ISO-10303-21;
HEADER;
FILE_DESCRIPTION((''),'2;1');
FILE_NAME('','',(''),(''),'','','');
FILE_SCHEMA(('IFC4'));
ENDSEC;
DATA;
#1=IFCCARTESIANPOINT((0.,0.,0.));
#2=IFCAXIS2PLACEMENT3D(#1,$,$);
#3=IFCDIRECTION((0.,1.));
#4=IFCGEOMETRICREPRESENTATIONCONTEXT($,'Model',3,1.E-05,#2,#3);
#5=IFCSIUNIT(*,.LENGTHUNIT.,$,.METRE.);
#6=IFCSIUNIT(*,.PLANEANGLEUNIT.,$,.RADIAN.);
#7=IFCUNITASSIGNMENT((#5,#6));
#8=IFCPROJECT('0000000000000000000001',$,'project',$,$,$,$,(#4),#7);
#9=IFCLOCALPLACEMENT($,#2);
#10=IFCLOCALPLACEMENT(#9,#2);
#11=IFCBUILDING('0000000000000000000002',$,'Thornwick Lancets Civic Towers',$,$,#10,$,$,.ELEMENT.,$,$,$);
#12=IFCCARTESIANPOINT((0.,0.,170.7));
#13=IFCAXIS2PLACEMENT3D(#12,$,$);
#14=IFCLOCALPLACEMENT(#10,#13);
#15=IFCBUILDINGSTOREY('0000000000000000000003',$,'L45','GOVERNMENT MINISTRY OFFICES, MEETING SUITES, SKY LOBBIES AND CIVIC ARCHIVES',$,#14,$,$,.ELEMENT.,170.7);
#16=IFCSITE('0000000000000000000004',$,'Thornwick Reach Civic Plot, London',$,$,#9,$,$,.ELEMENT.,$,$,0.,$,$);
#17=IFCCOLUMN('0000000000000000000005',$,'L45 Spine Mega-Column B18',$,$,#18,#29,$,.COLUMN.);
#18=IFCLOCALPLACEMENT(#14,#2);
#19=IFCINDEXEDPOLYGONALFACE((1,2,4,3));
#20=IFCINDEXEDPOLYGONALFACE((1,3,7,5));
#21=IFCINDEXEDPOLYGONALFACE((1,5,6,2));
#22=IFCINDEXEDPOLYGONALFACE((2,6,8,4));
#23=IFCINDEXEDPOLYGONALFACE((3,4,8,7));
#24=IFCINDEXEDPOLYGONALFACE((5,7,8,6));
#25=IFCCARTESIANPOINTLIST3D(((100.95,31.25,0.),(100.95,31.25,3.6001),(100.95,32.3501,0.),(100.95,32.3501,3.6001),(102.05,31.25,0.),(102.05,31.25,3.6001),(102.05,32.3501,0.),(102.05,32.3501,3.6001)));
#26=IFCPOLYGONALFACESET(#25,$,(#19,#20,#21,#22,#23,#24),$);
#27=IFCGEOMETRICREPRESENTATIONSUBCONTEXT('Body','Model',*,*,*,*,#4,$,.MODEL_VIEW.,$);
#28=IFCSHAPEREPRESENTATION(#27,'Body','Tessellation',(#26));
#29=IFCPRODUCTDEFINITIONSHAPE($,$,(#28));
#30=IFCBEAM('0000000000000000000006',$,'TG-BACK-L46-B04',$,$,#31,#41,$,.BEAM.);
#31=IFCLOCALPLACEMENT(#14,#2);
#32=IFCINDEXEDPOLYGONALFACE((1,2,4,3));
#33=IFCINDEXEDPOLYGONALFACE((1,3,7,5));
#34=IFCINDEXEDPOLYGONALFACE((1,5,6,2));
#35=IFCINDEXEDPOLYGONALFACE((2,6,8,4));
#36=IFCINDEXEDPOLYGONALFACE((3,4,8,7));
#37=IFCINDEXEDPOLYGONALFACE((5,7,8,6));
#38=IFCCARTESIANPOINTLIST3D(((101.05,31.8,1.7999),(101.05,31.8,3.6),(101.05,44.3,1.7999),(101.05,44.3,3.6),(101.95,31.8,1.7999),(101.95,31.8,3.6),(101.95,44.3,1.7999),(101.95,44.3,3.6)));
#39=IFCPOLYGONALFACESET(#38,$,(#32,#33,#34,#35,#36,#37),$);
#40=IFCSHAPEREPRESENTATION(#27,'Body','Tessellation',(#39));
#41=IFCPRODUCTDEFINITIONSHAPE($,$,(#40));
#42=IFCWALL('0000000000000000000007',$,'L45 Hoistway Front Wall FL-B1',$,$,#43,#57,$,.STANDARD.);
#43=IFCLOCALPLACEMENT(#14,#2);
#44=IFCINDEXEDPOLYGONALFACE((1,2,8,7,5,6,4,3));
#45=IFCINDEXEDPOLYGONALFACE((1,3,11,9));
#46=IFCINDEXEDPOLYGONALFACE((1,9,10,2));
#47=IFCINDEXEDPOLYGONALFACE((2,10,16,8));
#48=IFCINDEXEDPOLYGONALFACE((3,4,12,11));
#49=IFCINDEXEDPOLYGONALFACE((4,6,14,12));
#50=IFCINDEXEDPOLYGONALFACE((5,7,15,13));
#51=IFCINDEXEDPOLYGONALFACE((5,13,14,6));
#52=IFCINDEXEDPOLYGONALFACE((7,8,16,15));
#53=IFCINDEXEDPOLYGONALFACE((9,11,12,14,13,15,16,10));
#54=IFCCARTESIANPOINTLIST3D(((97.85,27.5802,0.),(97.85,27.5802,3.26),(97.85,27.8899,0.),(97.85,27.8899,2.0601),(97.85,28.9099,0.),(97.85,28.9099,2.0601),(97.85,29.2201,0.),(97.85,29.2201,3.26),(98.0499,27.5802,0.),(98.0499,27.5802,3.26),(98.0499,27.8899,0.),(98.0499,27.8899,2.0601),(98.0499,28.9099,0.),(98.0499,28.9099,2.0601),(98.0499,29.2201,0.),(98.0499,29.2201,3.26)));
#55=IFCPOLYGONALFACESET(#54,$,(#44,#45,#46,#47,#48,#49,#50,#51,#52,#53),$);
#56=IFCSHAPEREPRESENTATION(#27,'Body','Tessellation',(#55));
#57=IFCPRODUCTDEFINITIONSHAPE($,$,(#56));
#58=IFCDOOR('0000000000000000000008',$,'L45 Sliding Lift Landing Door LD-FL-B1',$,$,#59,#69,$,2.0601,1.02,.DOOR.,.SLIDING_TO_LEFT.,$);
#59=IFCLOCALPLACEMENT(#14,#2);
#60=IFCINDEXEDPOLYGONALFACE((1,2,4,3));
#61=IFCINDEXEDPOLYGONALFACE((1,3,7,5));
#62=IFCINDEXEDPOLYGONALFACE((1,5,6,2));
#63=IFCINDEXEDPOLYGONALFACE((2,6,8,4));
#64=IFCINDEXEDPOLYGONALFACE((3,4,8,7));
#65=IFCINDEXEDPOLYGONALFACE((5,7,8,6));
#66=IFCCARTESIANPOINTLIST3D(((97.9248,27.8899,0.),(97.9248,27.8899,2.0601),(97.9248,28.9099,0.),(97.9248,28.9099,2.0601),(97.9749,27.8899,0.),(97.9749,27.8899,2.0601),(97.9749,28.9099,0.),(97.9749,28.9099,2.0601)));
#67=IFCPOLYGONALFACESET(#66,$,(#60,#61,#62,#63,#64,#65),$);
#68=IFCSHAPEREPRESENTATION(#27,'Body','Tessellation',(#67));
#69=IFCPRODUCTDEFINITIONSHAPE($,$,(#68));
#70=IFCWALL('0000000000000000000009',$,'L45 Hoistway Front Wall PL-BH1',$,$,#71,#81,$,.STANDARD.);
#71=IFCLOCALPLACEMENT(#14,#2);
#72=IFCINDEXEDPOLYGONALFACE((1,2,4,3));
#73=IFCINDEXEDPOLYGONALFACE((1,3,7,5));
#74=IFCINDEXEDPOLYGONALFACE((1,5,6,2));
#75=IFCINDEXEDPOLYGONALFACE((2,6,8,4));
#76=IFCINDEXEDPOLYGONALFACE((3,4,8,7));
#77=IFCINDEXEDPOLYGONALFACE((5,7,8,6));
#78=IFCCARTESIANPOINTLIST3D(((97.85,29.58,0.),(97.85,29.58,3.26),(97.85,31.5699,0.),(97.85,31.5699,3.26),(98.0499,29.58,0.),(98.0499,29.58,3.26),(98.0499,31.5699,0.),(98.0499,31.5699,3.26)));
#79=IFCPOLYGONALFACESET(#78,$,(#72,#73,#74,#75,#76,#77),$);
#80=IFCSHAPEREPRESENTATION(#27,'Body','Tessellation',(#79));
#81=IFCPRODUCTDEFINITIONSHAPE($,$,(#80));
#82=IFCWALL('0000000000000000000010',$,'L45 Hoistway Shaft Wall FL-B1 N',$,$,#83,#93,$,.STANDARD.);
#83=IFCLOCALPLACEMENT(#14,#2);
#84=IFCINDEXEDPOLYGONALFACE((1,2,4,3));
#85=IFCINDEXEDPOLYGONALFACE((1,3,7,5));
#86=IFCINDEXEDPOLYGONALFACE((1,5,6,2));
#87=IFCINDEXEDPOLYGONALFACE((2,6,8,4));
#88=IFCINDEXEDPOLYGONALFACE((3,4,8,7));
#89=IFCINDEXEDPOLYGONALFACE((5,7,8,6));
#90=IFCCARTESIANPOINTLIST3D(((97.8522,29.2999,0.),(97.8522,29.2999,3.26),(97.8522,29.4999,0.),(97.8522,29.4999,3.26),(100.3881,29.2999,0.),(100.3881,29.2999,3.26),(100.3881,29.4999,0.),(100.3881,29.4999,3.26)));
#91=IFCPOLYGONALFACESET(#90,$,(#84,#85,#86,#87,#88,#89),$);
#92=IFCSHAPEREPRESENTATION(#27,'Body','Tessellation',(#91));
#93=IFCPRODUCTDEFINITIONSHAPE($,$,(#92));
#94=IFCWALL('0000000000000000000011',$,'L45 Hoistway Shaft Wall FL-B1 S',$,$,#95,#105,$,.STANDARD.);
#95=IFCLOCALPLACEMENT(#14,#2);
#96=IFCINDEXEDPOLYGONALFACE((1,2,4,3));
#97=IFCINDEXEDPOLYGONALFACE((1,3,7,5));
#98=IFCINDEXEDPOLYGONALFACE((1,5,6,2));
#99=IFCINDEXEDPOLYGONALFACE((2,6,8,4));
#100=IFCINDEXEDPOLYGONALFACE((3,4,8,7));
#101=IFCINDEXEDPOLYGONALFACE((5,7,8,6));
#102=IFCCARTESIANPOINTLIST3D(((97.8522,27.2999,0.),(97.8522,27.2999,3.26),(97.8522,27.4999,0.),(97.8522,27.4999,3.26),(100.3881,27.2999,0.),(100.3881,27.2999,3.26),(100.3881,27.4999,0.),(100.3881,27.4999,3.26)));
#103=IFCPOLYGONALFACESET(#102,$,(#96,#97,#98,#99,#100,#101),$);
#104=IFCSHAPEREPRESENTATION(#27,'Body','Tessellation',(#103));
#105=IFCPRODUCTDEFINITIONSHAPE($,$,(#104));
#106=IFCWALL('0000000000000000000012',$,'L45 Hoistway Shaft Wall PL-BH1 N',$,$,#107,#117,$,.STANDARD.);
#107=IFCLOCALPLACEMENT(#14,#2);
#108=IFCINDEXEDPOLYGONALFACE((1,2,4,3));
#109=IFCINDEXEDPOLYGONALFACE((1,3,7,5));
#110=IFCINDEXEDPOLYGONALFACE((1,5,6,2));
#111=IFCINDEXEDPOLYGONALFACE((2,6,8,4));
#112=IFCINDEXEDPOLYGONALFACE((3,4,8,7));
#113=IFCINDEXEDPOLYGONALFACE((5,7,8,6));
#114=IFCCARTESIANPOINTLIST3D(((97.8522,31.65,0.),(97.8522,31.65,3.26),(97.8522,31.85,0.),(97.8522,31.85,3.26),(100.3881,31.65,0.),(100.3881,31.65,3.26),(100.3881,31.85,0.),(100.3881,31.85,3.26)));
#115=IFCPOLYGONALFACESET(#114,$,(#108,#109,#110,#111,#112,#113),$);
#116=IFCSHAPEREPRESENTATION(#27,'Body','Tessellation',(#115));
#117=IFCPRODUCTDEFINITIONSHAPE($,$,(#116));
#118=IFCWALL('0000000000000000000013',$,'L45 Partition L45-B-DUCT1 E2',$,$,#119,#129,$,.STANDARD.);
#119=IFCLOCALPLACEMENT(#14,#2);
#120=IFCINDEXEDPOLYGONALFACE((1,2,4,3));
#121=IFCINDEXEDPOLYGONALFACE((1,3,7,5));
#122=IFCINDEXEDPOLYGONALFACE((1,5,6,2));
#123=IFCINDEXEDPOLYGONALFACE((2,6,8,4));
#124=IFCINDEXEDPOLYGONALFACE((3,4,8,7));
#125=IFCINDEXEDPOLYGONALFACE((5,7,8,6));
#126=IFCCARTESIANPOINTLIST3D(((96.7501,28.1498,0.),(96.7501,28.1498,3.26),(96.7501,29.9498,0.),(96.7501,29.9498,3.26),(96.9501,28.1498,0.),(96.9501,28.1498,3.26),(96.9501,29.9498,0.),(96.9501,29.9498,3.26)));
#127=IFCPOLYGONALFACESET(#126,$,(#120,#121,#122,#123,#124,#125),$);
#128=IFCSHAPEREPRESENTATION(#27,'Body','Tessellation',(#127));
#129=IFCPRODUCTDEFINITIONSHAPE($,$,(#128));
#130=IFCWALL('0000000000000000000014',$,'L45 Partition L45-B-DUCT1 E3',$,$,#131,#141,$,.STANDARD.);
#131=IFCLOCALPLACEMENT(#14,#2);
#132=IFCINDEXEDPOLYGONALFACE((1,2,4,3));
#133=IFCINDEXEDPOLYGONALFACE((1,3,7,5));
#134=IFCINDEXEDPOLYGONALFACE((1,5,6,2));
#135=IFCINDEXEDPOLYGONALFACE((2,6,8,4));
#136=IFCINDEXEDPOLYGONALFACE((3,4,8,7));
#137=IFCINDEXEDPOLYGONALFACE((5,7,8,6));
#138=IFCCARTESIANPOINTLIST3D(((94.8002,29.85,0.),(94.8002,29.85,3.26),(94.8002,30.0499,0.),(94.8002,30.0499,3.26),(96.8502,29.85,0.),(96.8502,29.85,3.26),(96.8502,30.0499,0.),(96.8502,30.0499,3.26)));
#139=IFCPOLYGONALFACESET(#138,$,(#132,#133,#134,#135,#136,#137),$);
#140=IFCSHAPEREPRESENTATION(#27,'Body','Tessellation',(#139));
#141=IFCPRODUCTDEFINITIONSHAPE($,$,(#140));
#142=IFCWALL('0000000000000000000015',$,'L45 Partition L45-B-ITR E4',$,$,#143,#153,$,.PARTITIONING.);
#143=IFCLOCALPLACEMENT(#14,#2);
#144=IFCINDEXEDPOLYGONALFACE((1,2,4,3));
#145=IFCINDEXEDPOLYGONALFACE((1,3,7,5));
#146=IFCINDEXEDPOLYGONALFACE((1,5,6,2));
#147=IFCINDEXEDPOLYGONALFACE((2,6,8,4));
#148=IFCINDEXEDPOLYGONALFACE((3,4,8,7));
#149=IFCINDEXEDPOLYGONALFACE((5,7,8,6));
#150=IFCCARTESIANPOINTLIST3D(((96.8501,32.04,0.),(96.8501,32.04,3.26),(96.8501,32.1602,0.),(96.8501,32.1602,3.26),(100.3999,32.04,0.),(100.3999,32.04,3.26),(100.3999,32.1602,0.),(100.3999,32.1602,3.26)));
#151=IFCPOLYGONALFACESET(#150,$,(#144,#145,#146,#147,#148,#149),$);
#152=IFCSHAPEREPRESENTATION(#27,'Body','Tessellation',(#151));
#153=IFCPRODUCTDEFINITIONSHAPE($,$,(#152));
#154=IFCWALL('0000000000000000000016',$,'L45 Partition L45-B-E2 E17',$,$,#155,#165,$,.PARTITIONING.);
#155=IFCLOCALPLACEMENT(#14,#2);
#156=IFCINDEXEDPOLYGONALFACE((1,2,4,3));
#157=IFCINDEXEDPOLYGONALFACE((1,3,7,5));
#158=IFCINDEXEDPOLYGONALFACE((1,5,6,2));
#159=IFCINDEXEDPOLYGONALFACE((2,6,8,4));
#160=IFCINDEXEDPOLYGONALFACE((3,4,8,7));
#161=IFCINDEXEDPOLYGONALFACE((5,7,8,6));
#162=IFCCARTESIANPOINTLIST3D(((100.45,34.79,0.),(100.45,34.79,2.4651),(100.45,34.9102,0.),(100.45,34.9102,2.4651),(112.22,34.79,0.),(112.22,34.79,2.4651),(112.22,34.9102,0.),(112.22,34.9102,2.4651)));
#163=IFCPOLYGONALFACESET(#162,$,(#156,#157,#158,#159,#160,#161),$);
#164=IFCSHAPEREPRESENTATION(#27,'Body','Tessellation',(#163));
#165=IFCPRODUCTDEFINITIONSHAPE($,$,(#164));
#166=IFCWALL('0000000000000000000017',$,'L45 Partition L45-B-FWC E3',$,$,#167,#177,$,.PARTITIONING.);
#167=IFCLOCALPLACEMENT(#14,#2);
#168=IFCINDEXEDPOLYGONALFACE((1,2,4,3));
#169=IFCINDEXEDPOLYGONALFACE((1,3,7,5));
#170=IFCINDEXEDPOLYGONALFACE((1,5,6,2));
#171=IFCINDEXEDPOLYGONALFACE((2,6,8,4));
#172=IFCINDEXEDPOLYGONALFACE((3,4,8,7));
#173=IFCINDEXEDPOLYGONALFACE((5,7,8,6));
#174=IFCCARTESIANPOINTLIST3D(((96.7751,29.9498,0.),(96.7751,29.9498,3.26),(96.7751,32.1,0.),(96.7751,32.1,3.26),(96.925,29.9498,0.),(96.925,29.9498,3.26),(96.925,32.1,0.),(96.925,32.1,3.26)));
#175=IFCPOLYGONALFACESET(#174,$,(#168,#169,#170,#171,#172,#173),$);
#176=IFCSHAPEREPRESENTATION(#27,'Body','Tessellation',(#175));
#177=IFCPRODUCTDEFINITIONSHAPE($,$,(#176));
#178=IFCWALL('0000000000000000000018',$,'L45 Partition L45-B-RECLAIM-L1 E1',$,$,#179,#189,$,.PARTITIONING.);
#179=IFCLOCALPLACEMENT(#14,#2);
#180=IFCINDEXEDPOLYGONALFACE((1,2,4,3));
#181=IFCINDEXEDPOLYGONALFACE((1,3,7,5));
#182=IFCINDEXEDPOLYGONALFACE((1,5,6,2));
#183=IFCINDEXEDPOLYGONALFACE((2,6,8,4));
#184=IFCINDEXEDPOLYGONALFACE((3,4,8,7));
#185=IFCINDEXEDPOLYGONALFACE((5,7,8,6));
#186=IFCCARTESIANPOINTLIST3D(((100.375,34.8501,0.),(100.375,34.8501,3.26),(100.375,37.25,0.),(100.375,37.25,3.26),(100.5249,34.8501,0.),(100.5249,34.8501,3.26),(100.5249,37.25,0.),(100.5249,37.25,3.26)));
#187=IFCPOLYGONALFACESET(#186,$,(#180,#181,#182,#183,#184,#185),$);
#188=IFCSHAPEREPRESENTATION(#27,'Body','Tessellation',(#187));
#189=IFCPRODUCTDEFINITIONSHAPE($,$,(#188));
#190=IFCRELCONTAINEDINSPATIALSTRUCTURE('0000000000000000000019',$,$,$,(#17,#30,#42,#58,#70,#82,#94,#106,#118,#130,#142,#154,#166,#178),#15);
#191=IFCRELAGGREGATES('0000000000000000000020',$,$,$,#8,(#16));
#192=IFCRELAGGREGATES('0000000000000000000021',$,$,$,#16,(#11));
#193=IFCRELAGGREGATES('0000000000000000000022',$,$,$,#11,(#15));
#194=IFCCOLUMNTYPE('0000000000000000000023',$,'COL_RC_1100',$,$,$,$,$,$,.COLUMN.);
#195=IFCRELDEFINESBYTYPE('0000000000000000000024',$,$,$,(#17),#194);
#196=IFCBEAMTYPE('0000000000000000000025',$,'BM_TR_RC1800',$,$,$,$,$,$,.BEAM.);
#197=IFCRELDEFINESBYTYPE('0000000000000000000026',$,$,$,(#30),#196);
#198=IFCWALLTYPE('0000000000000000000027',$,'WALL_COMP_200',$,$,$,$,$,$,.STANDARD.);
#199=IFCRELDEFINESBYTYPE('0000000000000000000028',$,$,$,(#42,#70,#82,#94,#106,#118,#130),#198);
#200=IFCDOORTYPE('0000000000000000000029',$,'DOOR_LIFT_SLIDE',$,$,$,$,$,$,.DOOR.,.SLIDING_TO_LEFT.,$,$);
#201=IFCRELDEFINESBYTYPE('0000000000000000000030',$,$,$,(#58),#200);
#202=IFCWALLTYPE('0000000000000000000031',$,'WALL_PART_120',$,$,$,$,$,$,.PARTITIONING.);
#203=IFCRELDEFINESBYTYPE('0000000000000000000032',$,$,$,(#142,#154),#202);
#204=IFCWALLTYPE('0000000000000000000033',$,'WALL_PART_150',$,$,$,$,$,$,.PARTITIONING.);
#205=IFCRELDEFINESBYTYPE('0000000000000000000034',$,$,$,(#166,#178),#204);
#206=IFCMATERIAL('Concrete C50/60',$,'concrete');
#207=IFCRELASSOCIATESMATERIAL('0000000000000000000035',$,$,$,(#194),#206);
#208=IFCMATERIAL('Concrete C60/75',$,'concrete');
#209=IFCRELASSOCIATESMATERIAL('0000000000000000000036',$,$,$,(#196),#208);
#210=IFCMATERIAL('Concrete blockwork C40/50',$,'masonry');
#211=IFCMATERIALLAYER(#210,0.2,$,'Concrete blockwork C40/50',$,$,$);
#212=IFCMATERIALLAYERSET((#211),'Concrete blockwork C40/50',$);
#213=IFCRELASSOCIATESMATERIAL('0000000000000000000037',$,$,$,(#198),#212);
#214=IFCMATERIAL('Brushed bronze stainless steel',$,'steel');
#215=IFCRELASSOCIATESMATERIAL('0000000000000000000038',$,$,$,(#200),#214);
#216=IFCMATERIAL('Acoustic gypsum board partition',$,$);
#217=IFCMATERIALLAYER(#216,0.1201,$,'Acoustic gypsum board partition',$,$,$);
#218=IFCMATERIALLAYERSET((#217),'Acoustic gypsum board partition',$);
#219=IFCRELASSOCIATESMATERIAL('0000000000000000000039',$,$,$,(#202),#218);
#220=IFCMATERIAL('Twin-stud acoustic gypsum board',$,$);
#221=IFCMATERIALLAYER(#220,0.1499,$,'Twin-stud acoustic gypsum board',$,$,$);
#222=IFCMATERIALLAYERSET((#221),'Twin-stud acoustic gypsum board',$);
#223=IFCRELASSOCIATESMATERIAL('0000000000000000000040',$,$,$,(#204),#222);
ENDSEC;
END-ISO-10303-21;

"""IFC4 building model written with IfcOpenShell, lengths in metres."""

from ifc_helpers import new_model, si_unit, direction, frame, frame_2d, origin, origin_2d, place, context, subcontext, project, spatial, rectangle, extrude, material, layer, layer_set, material_profile, profile_set, type_object, element, fill, save


model = new_model("IFC4")

# Units and contexts
model_context = context("Model", 3, precision=1e-05, world=origin(), true_north=direction((0.0, 1.0)))
body_context = subcontext(model_context, "Body", "Model", "MODEL_VIEW")
ifc_project = project(units=[si_unit("LENGTHUNIT", "METRE"), si_unit("PLANEANGLEUNIT", "RADIAN")], contexts=[model_context])

# Site, building, storey
site_placement = place(None, origin())
site = spatial("IfcSite", under=ifc_project, at=site_placement, Name="Thornwick Reach Civic Plot, London", CompositionType="ELEMENT", RefElevation=0.0)
building_placement = place(site_placement, origin())
building = spatial("IfcBuilding", under=site, at=building_placement, Name="Thornwick Lancets Civic Towers", CompositionType="ELEMENT")
storey_placement = place(building_placement, frame((0.0, 0.0, 170.7)))
storey = spatial("IfcBuildingStorey", under=building, at=storey_placement, Name="L45", Description="GOVERNMENT MINISTRY OFFICES, MEETING SUITES, SKY LOBBIES AND CIVIC ARCHIVES", CompositionType="ELEMENT", Elevation=170.7)

# Column
ifc_material_1 = material(Name="Concrete C50/60", Category="concrete")
ifc_material_profile_1 = material_profile(ifc_material_1, rectangle(XDim=1.1001, YDim=1.1001, at=origin_2d()), Name="RC 1100x1100")
ifc_profile_set_1 = profile_set([ifc_material_profile_1], Name="Concrete C50/60")
column_type = type_object("IfcColumnType", Name="COL_RC_1100", PredefinedType="COLUMN", material=ifc_profile_set_1)
column_placement = place(storey_placement, frame((101.5, 31.8, 0.0), z_axis=(0.0, 0.0, 1.0), x_axis=(1.0, 0.0, 0.0)))
element("IfcColumn", 1, at=column_placement, inside=storey, type_object=column_type, Name="L45 Spine Mega-Column B18", PredefinedType="COLUMN", context=body_context, shape_type="SweptSolid", body=[
    extrude(rectangle(XDim=1.1001, YDim=1.1001, at=origin_2d()), origin(), (0.0, 0.0, 1.0), 3.6001),
])

# Beam
ifc_material_2 = material(Name="Concrete C60/75", Category="concrete")
ifc_material_profile_2 = material_profile(ifc_material_2, rectangle(XDim=0.8999, YDim=1.8, at=origin_2d()), Name="RC 900x1800")
ifc_profile_set_2 = profile_set([ifc_material_profile_2], Name="Concrete C60/75")
beam_type = type_object("IfcBeamType", Name="BM_TR_RC1800", PredefinedType="BEAM", material=ifc_profile_set_2)
beam_placement = place(storey_placement, frame((101.5, 31.8, 2.7), z_axis=(0.0, 1.0, 0.0), x_axis=(-1.0, 0.0, 0.0)))
element("IfcBeam", 2, at=beam_placement, inside=storey, type_object=beam_type, Name="TG-BACK-L46-B04", PredefinedType="BEAM", context=body_context, shape_type="SweptSolid", body=[
    extrude(rectangle(XDim=0.8999, YDim=1.8, at=origin_2d()), origin(), (0.0, 0.0, 1.0), 12.5),
])

# Wall, opening, door
ifc_material_3 = material(Name="Concrete blockwork C40/50", Category="masonry")
ifc_layer_1 = layer(ifc_material_3, 0.2, Name="Concrete blockwork C40/50")
ifc_layer_set_1 = layer_set([ifc_layer_1], Name="Concrete blockwork C40/50")
wall_type_1 = type_object("IfcWallType", Name="WALL_COMP_200", PredefinedType="STANDARD", material=ifc_layer_set_1)
wall_1_placement = place(storey_placement, frame((97.95, 29.22, 0.0), z_axis=(0.0, 0.0, 1.0), x_axis=(0.0, -1.0, 0.0)))
wall_1 = element("IfcWall", 3, at=wall_1_placement, inside=storey, type_object=wall_type_1, Name="L45 Hoistway Front Wall FL-B1", PredefinedType="STANDARD", context=body_context, shape_type="SweptSolid", body=[
    extrude(rectangle(XDim=1.6399, YDim=0.2, at=frame_2d((0.8198, 0.0))), origin(), (0.0, 0.0, 1.0), 3.26),
])
opening_1_placement = place(wall_1_placement, frame((0.3101, 0.0, 0.0)))
opening_1 = element("IfcOpeningElement", 4, at=opening_1_placement, cuts=wall_1, PredefinedType="OPENING", context=body_context, shape_type="SweptSolid", body=[
    extrude(rectangle(XDim=1.02, YDim=2.0601, at=frame_2d((0.51, 1.03))), frame((0.0, 0.1099, 0.0), z_axis=(0.0, -1.0, 0.0), x_axis=(1.0, 0.0, 0.0)), (0.0, 0.0, 1.0), 0.22),
])
ifc_material_4 = material(Name="Brushed bronze stainless steel", Category="steel")
door_type_1 = type_object("IfcDoorType", Name="DOOR_LIFT_SLIDE", OperationType="SLIDING_TO_LEFT", PredefinedType="DOOR", material=ifc_material_4)
door_1_placement = place(opening_1_placement, origin())
door_1 = element("IfcDoor", 5, at=door_1_placement, inside=storey, type_object=door_type_1, Name="L45 Sliding Lift Landing Door LD-FL-B1", OperationType="SLIDING_TO_LEFT", OverallHeight=2.0601, OverallWidth=1.02, PredefinedType="DOOR", context=body_context, shape_type="SweptSolid", body=[
    extrude(rectangle(XDim=1.02, YDim=2.0601, at=frame_2d((0.51, 1.03))), frame((0.0, 0.0249, 0.0), z_axis=(0.0, -1.0, 0.0), x_axis=(1.0, 0.0, 0.0)), (0.0, 0.0, 1.0), 0.05),
])
fill(opening_1, door_1)

# Walls
wall_2_placement = place(storey_placement, frame((97.95, 31.5701, 0.0), z_axis=(0.0, 0.0, 1.0), x_axis=(0.0, -1.0, 0.0)))
element("IfcWall", 6, at=wall_2_placement, inside=storey, type_object=wall_type_1, Name="L45 Hoistway Front Wall PL-BH1", PredefinedType="STANDARD", context=body_context, shape_type="SweptSolid", body=[
    extrude(rectangle(XDim=1.99, YDim=0.2, at=frame_2d((0.9951, 0.0))), origin(), (0.0, 0.0, 1.0), 3.26),
])
for number, where, z_axis, x_axis, name in (
    (7, (97.8521, 29.3999, 0.0), (0.0, 0.0, 1.0), (1.0, 0.0, 0.0), "L45 Hoistway Shaft Wall FL-B1 N"),
    (8, (97.8521, 27.3999, 0.0), (0.0, 0.0, 1.0), (1.0, 0.0, 0.0), "L45 Hoistway Shaft Wall FL-B1 S"),
    (9, (97.8521, 31.75, 0.0), (0.0, 0.0, 1.0), (1.0, 0.0, 0.0), "L45 Hoistway Shaft Wall PL-BH1 N"),
):
    element("IfcWall", number, at=place(storey_placement, frame(where, z_axis=z_axis, x_axis=x_axis)), inside=storey, type_object=wall_type_1, Name=name, PredefinedType="STANDARD", context=body_context, shape_type="SweptSolid", body=[
        extrude(rectangle(XDim=2.5359, YDim=0.2, at=frame_2d((1.2681, 0.0))), origin(), (0.0, 0.0, 1.0), 3.26),
    ])
wall_3_placement = place(storey_placement, frame((96.8501, 28.1499, 0.0), z_axis=(0.0, 0.0, 1.0), x_axis=(0.0, 1.0, 0.0)))
element("IfcWall", 10, at=wall_3_placement, inside=storey, type_object=wall_type_1, Name="L45 Partition L45-B-DUCT1 E2", PredefinedType="STANDARD", context=body_context, shape_type="SweptSolid", body=[
    extrude(rectangle(XDim=1.8, YDim=0.2, at=frame_2d((0.8999, 0.0))), origin(), (0.0, 0.0, 1.0), 3.26),
])
wall_4_placement = place(storey_placement, frame((96.8501, 29.95, 0.0), z_axis=(0.0, 0.0, 1.0), x_axis=(-1.0, 0.0, 0.0)))
element("IfcWall", 11, at=wall_4_placement, inside=storey, type_object=wall_type_1, Name="L45 Partition L45-B-DUCT1 E3", PredefinedType="STANDARD", context=body_context, shape_type="SweptSolid", body=[
    extrude(rectangle(XDim=2.05, YDim=0.2, at=frame_2d((1.0249, 0.0))), origin(), (0.0, 0.0, 1.0), 3.26),
])
ifc_material_5 = material(Name="Acoustic gypsum board partition")
ifc_layer_2 = layer(ifc_material_5, 0.1201, Name="Acoustic gypsum board partition")
ifc_layer_set_2 = layer_set([ifc_layer_2], Name="Acoustic gypsum board partition")
wall_type_2 = type_object("IfcWallType", Name="WALL_PART_120", PredefinedType="PARTITIONING", material=ifc_layer_set_2)
wall_5_placement = place(storey_placement, frame((100.3999, 32.1001, 0.0), z_axis=(0.0, 0.0, 1.0), x_axis=(-1.0, 0.0, 0.0)))
element("IfcWall", 12, at=wall_5_placement, inside=storey, type_object=wall_type_2, Name="L45 Partition L45-B-ITR E4", PredefinedType="PARTITIONING", context=body_context, shape_type="SweptSolid", body=[
    extrude(rectangle(XDim=3.5498, YDim=0.1201, at=frame_2d((1.7749, 0.0))), origin(), (0.0, 0.0, 1.0), 3.26),
])
wall_6_placement = place(storey_placement, frame((112.22, 34.8501, 0.0), z_axis=(0.0, 0.0, 1.0), x_axis=(-1.0, 0.0, 0.0)))
element("IfcWall", 13, at=wall_6_placement, inside=storey, type_object=wall_type_2, Name="L45 Partition L45-B-E2 E17", PredefinedType="PARTITIONING", context=body_context, shape_type="SweptSolid", body=[
    extrude(rectangle(XDim=11.77, YDim=0.1201, at=frame_2d((5.885, 0.0))), origin(), (0.0, 0.0, 1.0), 2.4651),
])
ifc_material_6 = material(Name="Twin-stud acoustic gypsum board")
ifc_layer_3 = layer(ifc_material_6, 0.1499, Name="Twin-stud acoustic gypsum board")
ifc_layer_set_3 = layer_set([ifc_layer_3], Name="Twin-stud acoustic gypsum board")
wall_type_3 = type_object("IfcWallType", Name="WALL_PART_150", PredefinedType="PARTITIONING", material=ifc_layer_set_3)
wall_7_placement = place(storey_placement, frame((96.8501, 32.1001, 0.0), z_axis=(0.0, 0.0, 1.0), x_axis=(0.0, -1.0, 0.0)))
element("IfcWall", 14, at=wall_7_placement, inside=storey, type_object=wall_type_3, Name="L45 Partition L45-B-FWC E3", PredefinedType="PARTITIONING", context=body_context, shape_type="SweptSolid", body=[
    extrude(rectangle(XDim=2.1501, YDim=0.1499, at=frame_2d((1.0752, 0.0))), origin(), (0.0, 0.0, 1.0), 3.26),
])
wall_8_placement = place(storey_placement, frame((100.45, 37.25, 0.0), z_axis=(0.0, 0.0, 1.0), x_axis=(0.0, -1.0, 0.0)))
element("IfcWall", 15, at=wall_8_placement, inside=storey, type_object=wall_type_3, Name="L45 Partition L45-B-RECLAIM-L1 E1", PredefinedType="PARTITIONING", context=body_context, shape_type="SweptSolid", body=[
    extrude(rectangle(XDim=2.3999, YDim=0.1499, at=frame_2d((1.2, 0.0))), origin(), (0.0, 0.0, 1.0), 3.26),
])

save(model, "model.ifc")
